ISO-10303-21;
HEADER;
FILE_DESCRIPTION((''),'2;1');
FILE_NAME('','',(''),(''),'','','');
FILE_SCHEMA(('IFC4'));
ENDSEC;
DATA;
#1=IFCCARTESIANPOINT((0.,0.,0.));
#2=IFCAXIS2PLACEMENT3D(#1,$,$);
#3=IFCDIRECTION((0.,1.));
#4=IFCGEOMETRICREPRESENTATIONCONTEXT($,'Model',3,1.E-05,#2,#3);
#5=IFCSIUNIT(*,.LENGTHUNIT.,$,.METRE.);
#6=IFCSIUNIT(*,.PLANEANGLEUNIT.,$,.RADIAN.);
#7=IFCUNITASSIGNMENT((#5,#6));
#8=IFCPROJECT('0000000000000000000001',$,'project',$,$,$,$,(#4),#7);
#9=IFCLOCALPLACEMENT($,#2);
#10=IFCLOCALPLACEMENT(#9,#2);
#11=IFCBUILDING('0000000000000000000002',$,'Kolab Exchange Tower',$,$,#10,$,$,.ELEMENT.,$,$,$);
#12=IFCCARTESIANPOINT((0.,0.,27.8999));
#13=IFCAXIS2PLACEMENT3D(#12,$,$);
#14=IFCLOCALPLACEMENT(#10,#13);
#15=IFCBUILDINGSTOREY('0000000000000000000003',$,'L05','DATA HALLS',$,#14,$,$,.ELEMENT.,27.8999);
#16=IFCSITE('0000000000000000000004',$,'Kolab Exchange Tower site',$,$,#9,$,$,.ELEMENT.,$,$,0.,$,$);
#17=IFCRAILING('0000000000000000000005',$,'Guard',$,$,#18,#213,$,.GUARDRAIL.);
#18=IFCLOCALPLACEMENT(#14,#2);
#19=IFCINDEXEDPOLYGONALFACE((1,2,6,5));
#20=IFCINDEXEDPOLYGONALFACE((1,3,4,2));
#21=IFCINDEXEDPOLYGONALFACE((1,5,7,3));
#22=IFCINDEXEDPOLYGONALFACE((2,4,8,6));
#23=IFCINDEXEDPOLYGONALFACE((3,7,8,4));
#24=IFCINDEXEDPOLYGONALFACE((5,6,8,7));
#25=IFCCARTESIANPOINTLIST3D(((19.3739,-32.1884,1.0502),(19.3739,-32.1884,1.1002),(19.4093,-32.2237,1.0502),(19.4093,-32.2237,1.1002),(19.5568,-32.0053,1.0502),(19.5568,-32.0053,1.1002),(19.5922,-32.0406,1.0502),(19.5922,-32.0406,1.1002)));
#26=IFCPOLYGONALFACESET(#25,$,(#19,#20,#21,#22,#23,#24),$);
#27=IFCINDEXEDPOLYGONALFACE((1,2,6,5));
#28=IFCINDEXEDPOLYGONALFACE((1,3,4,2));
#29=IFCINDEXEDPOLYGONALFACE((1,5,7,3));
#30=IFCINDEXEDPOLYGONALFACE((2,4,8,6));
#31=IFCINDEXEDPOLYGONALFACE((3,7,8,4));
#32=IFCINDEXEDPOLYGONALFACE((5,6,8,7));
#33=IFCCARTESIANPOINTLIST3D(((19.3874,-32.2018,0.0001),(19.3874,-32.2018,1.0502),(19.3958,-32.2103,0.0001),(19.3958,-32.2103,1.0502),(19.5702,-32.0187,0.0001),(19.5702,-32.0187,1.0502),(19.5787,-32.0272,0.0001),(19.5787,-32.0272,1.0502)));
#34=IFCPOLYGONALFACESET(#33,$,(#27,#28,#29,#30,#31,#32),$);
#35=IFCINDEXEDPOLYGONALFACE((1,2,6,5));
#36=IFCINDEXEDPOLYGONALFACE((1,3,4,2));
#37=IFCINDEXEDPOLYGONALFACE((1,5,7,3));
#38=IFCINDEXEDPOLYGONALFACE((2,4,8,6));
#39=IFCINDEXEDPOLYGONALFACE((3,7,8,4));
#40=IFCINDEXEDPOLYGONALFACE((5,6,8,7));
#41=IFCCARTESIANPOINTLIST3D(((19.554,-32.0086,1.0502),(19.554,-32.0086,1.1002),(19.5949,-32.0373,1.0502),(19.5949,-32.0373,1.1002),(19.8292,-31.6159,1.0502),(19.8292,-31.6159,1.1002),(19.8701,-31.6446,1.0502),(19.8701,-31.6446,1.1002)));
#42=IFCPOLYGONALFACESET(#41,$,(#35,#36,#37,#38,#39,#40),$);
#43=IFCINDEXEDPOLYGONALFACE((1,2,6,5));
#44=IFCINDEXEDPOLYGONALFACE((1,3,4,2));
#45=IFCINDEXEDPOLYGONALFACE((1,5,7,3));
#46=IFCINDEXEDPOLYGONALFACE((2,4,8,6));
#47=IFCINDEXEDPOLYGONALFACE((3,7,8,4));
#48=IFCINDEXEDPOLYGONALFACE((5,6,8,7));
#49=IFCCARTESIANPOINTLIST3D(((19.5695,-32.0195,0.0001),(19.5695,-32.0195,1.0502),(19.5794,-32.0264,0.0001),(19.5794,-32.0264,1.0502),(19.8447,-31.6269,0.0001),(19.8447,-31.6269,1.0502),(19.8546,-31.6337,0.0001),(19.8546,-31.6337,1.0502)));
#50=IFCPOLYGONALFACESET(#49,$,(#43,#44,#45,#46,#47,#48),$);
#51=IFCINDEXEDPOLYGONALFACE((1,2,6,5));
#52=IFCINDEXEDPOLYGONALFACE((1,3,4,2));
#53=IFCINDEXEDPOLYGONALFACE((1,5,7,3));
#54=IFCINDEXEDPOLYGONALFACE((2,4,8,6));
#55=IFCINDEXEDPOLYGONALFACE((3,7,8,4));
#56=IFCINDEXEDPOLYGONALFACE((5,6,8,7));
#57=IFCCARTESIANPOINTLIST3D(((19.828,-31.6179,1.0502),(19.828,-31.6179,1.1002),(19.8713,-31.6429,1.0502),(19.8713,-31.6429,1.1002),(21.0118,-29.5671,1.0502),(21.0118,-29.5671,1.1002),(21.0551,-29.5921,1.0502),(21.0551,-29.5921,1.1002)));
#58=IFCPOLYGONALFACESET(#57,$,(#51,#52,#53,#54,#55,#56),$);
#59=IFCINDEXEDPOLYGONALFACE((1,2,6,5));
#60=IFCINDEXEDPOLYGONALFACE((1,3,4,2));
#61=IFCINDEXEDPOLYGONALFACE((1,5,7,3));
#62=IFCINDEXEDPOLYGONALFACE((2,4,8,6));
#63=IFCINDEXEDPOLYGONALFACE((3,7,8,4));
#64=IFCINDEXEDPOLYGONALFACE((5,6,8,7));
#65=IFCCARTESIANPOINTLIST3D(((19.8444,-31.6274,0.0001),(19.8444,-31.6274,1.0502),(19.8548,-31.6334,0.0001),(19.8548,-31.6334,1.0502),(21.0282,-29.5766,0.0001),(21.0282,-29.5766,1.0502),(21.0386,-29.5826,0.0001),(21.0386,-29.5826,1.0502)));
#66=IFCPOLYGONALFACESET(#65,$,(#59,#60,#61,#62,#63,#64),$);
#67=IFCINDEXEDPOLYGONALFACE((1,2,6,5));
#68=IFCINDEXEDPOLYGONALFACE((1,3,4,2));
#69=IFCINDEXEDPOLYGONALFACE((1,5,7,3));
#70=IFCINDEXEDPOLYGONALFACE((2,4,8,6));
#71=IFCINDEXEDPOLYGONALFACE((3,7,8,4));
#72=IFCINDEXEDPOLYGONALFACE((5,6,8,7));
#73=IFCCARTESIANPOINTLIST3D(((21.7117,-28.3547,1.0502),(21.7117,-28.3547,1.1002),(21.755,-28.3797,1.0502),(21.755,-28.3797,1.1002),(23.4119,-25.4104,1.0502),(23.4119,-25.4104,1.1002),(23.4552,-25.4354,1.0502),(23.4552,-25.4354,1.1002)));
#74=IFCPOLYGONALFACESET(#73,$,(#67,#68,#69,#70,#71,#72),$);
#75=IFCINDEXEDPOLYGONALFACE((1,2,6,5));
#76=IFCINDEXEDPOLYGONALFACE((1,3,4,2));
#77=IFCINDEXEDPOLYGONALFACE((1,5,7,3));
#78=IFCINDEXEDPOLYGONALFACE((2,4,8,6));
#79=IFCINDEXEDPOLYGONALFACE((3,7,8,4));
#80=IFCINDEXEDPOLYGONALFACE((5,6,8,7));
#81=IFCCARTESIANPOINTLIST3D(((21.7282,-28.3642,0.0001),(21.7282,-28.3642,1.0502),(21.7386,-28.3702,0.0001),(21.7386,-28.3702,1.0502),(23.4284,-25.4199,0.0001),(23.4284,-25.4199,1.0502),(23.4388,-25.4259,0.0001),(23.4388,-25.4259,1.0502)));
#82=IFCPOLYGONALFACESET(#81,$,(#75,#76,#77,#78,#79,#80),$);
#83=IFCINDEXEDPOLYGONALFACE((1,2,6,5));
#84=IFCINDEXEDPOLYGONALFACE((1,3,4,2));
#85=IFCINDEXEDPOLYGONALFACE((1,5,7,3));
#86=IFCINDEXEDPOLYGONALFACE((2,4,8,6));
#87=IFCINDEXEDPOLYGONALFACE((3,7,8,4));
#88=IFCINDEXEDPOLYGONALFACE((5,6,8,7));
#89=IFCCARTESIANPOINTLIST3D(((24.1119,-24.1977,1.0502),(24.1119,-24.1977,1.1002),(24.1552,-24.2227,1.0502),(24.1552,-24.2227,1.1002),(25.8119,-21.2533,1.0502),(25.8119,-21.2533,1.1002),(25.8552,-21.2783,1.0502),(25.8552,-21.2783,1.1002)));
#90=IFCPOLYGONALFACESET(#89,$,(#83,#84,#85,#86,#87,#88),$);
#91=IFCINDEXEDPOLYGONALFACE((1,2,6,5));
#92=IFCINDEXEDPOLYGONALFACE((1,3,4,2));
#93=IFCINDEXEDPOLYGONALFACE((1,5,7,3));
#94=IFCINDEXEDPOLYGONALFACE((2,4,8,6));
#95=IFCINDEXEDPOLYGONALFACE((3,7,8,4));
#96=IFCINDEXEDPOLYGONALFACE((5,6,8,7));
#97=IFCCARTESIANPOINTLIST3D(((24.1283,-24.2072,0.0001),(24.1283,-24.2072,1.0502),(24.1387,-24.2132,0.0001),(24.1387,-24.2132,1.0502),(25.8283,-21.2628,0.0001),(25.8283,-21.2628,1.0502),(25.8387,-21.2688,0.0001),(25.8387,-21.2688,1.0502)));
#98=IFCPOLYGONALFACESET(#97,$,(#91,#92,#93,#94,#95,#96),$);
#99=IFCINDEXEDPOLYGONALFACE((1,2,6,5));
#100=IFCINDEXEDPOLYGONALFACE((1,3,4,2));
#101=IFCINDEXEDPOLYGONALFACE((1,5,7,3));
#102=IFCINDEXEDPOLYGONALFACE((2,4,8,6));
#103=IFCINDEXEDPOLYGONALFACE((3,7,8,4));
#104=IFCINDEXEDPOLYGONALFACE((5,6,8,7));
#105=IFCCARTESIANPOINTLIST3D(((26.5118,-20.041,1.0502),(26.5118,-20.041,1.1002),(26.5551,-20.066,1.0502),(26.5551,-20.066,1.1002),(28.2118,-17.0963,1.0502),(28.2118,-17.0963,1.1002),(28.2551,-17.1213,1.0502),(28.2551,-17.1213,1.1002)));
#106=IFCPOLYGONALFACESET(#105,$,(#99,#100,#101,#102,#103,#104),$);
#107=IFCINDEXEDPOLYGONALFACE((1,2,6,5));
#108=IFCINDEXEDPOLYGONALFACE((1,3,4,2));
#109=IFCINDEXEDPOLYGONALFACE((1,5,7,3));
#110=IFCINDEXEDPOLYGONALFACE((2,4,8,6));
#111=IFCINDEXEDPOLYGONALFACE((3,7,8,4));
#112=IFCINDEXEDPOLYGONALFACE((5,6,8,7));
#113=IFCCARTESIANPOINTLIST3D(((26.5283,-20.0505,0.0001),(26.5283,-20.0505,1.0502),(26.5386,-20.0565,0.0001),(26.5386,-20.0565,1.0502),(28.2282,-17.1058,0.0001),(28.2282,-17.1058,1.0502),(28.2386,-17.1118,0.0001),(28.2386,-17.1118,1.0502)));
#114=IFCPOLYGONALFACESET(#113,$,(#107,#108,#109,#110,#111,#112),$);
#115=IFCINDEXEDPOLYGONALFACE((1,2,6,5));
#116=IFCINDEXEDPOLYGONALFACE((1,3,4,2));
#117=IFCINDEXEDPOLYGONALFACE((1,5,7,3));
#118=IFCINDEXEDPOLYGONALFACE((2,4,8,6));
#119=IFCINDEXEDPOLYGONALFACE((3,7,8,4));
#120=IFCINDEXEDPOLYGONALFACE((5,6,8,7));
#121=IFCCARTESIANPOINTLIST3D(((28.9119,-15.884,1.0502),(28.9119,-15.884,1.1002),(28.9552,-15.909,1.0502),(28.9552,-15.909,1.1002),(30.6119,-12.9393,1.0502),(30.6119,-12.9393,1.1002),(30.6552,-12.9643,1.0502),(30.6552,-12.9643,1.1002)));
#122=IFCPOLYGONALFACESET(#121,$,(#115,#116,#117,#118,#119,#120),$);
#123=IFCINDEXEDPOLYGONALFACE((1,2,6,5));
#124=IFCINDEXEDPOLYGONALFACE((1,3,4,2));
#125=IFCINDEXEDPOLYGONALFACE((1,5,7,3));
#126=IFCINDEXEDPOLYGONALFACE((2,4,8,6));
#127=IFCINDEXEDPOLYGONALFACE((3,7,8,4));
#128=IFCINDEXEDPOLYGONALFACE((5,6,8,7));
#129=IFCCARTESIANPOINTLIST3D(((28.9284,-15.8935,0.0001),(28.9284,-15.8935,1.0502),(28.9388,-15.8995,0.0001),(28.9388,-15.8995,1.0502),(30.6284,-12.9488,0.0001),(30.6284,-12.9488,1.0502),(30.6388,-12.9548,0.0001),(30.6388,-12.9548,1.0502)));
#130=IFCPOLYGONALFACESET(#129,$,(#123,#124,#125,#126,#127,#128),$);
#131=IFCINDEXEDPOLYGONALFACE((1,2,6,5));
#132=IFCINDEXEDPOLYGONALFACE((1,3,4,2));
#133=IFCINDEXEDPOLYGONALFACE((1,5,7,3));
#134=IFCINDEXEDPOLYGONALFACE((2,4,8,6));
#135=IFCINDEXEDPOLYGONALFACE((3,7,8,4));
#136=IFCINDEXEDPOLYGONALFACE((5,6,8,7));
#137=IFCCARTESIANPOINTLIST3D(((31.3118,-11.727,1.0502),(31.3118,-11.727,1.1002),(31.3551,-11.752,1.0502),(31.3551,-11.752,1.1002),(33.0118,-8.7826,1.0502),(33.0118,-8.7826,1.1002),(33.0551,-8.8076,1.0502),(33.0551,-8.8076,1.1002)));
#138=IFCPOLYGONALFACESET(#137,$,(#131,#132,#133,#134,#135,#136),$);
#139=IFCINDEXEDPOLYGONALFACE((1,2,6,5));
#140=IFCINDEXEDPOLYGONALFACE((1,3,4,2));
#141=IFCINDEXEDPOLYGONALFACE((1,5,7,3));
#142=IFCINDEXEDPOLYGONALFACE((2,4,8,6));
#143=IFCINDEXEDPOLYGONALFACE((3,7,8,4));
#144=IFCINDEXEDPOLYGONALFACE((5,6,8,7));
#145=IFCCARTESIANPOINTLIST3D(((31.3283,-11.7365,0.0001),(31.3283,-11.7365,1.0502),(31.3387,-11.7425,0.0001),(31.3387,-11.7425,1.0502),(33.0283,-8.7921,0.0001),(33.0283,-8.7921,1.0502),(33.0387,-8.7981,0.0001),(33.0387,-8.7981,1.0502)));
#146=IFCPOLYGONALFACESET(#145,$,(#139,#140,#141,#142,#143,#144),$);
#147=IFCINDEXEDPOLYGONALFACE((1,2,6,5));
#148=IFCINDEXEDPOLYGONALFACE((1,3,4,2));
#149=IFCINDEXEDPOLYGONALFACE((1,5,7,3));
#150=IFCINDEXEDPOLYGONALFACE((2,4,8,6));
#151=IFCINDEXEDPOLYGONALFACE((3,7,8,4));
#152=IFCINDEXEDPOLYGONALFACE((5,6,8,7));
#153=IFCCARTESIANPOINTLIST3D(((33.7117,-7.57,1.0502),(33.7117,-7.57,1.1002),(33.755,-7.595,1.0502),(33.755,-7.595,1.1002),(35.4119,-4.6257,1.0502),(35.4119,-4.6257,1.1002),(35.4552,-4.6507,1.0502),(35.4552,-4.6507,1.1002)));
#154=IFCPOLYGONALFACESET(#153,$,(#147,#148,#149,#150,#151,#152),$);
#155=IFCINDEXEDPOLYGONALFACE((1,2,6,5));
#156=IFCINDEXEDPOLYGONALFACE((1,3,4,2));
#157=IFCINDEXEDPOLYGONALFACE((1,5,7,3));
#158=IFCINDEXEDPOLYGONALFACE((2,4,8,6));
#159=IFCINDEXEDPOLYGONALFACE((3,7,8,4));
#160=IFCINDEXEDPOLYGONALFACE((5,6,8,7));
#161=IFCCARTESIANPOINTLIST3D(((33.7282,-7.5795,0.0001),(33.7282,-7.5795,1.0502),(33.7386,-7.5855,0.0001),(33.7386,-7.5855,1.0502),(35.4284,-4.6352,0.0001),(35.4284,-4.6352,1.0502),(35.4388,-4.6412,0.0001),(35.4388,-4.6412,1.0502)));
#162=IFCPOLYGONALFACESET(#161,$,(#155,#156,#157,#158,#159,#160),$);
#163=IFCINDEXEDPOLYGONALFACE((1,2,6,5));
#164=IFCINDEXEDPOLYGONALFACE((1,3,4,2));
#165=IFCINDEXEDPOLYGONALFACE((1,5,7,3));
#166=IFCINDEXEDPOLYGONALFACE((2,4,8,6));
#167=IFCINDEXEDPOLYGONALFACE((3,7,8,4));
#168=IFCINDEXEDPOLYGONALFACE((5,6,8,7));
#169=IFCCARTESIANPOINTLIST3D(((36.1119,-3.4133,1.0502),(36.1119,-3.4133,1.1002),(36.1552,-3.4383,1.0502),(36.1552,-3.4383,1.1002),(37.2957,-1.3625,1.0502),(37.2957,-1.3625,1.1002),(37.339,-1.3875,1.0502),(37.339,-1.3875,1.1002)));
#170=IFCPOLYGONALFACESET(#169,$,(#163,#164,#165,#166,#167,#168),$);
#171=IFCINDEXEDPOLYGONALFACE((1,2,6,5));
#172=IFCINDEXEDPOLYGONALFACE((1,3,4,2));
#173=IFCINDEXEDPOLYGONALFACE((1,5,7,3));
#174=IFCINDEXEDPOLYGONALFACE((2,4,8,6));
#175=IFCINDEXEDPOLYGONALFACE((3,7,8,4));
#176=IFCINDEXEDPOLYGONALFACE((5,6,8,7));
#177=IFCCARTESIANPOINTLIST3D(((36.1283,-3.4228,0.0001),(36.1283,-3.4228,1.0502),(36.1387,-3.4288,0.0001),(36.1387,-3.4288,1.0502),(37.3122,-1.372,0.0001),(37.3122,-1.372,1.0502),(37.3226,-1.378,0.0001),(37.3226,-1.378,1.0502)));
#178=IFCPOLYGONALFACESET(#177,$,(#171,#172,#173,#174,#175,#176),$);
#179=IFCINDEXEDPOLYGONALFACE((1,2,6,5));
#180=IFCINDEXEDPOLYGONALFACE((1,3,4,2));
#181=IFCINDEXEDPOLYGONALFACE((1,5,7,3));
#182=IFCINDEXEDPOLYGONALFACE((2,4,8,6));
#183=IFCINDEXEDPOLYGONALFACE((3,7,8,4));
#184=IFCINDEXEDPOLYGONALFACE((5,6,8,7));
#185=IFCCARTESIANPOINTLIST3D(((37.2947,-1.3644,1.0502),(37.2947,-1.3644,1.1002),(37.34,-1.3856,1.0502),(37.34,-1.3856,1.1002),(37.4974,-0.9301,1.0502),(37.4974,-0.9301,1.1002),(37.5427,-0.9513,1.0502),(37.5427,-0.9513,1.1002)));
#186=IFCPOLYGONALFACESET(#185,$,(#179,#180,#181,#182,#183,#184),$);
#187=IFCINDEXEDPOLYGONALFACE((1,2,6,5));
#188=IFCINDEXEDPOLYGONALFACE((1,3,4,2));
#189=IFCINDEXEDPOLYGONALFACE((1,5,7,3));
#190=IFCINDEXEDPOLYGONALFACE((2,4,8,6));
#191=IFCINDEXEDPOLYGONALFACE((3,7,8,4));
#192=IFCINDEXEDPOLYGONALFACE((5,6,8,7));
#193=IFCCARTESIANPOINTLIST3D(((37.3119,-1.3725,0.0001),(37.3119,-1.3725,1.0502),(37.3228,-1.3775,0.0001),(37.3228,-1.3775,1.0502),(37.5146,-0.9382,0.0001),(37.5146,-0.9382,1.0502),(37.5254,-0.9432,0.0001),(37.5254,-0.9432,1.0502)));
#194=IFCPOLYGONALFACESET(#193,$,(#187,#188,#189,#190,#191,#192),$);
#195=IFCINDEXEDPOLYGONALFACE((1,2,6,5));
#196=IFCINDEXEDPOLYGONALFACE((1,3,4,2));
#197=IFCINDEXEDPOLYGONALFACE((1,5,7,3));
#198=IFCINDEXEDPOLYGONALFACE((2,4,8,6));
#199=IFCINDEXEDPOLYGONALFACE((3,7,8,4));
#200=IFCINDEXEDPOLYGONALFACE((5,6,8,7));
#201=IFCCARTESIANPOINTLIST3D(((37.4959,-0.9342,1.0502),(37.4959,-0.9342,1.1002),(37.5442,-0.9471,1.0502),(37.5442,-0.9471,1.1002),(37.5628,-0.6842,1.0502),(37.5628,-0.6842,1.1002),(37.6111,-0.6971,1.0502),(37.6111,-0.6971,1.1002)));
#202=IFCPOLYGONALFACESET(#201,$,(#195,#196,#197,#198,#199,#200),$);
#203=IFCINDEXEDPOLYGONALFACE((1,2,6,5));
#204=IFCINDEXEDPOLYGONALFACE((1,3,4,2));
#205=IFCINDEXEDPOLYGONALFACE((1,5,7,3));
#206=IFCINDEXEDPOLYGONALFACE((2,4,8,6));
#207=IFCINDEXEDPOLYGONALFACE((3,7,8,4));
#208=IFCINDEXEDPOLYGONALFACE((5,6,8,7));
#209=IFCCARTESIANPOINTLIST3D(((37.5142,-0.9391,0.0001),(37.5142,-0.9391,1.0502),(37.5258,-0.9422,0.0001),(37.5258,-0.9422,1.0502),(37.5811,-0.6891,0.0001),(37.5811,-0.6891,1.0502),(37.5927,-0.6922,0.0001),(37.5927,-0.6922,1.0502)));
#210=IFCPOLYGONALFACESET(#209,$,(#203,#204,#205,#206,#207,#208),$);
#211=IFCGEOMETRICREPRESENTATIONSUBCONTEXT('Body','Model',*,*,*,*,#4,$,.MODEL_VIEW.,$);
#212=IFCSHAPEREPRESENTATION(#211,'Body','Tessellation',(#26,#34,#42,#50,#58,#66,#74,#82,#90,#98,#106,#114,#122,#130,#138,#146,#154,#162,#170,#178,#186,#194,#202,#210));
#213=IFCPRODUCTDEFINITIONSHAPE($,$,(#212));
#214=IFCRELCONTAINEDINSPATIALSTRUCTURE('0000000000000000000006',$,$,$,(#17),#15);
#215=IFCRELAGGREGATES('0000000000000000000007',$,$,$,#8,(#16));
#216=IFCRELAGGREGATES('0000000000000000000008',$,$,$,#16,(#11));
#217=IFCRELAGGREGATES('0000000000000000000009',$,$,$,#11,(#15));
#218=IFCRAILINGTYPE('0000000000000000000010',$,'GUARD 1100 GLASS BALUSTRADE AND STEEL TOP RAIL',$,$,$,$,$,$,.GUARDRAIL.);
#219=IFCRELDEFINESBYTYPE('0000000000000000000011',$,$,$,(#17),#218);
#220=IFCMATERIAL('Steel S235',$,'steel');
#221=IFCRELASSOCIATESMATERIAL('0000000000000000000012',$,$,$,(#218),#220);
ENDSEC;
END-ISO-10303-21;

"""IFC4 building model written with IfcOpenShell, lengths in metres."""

from ifc_helpers import new_model, si_unit, direction, frame, frame_2d, origin, origin_2d, place, context, subcontext, project, spatial, rectangle, extrude, material, type_object, element, save


model = new_model("IFC4")

# Units and contexts
model_context = context("Model", 3, precision=1e-05, world=origin(), true_north=direction((0.0, 1.0)))
body_context = subcontext(model_context, "Body", "Model", "MODEL_VIEW")
ifc_project = project(units=[si_unit("LENGTHUNIT", "METRE"), si_unit("PLANEANGLEUNIT", "RADIAN")], contexts=[model_context])

# Site, building, storey
site_placement = place(None, origin())
site = spatial("IfcSite", under=ifc_project, at=site_placement, Name="Kolab Exchange Tower site", CompositionType="ELEMENT", RefElevation=0.0)
building_placement = place(site_placement, origin())
building = spatial("IfcBuilding", under=site, at=building_placement, Name="Kolab Exchange Tower", CompositionType="ELEMENT")
storey_placement = place(building_placement, frame((0.0, 0.0, 27.8999)))
storey = spatial("IfcBuildingStorey", under=building, at=storey_placement, Name="L05", Description="DATA HALLS", CompositionType="ELEMENT", Elevation=27.8999)

# Railing
ifc_material_1 = material(Name="Steel S235", Category="steel")
railing_type = type_object("IfcRailingType", Name="GUARD 1100 GLASS BALUSTRADE AND STEEL TOP RAIL", PredefinedType="GUARDRAIL", material=ifc_material_1)
railing_placement = place(storey_placement, frame((19.3916, -32.2061, 0.0)))
element("IfcRailing", 1, at=railing_placement, inside=storey, type_object=railing_type, Name="Guard", PredefinedType="GUARDRAIL", context=body_context, shape_type="SweptSolid", body=[
    extrude(rectangle(XDim=0.05, YDim=0.05, at=origin_2d()), frame((0.0, 0.0, 1.0752), z_axis=(0.706635, 0.707578, 0.0), x_axis=(-0.707578, 0.706635, 0.0)), (0.0, 0.0, 1.0), 0.2588),
    extrude(rectangle(XDim=0.012, YDim=1.0501, at=frame_2d((0.0, 0.5251))), frame((0.0, 0.0, 0.0), z_axis=(0.706635, 0.707578, 0.0), x_axis=(-0.707578, 0.706635, 0.0)), (0.0, 0.0, 1.0), 0.2588),
    extrude(rectangle(XDim=0.05, YDim=0.05, at=origin_2d()), frame((0.1829, 0.1831, 1.0752), z_axis=(0.573941, 0.818897, 0.0), x_axis=(-0.818897, 0.573941, 0.0)), (0.0, 0.0, 1.0), 0.4795),
    extrude(rectangle(XDim=0.012, YDim=1.0501, at=frame_2d((0.0, 0.5251))), frame((0.1829, 0.1831, 0.0), z_axis=(0.573941, 0.818897, 0.0), x_axis=(-0.818897, 0.573941, 0.0)), (0.0, 0.0, 1.0), 0.4795),
    extrude(rectangle(XDim=0.05, YDim=0.05, at=origin_2d()), frame((0.458, 0.5757, 1.0752), z_axis=(0.499943, 0.866059, 0.0), x_axis=(-0.866059, 0.499943, 0.0)), (0.0, 0.0, 1.0), 2.3679),
    extrude(rectangle(XDim=0.012, YDim=1.0501, at=frame_2d((0.0, 0.5251))), frame((0.458, 0.5757, 0.0), z_axis=(0.499943, 0.866059, 0.0), x_axis=(-0.866059, 0.499943, 0.0)), (0.0, 0.0, 1.0), 2.3679),
    extrude(rectangle(XDim=0.05, YDim=0.05, at=origin_2d()), frame((2.3418, 3.8389, 1.0752), z_axis=(0.500062, 0.865989, 0.0), x_axis=(-0.865989, 0.500062, 0.0)), (0.0, 0.0, 1.0), 3.3999),
    extrude(rectangle(XDim=0.012, YDim=1.0501, at=frame_2d((0.0, 0.5251))), frame((2.3418, 3.8389, 0.0), z_axis=(0.500062, 0.865989, 0.0), x_axis=(-0.865989, 0.500062, 0.0)), (0.0, 0.0, 1.0), 3.3999),
    extrude(rectangle(XDim=0.05, YDim=0.05, at=origin_2d()), frame((4.7419, 7.9958, 1.0752), z_axis=(0.500008, 0.866021, 0.0), x_axis=(-0.866021, 0.500008, 0.0)), (0.0, 0.0, 1.0), 3.3999),
    extrude(rectangle(XDim=0.012, YDim=1.0501, at=frame_2d((0.0, 0.5251))), frame((4.7419, 7.9958, 0.0), z_axis=(0.500008, 0.866021, 0.0), x_axis=(-0.866021, 0.500008, 0.0)), (0.0, 0.0, 1.0), 3.3999),
    extrude(rectangle(XDim=0.05, YDim=0.05, at=origin_2d()), frame((7.1418, 12.1526, 1.0752), z_axis=(0.499977, 0.866039, 0.0), x_axis=(-0.866039, 0.499977, 0.0)), (0.0, 0.0, 1.0), 3.4001),
    extrude(rectangle(XDim=0.012, YDim=1.0501, at=frame_2d((0.0, 0.5251))), frame((7.1418, 12.1526, 0.0), z_axis=(0.499977, 0.866039, 0.0), x_axis=(-0.866039, 0.499977, 0.0)), (0.0, 0.0, 1.0), 3.4001),
    extrude(rectangle(XDim=0.05, YDim=0.05, at=origin_2d()), frame((9.542, 16.3096, 1.0752), z_axis=(0.499977, 0.866039, 0.0), x_axis=(-0.866039, 0.499977, 0.0)), (0.0, 0.0, 1.0), 3.4001),
    extrude(rectangle(XDim=0.012, YDim=1.0501, at=frame_2d((0.0, 0.5251))), frame((9.542, 16.3096, 0.0), z_axis=(0.499977, 0.866039, 0.0), x_axis=(-0.866039, 0.499977, 0.0)), (0.0, 0.0, 1.0), 3.4001),
    extrude(rectangle(XDim=0.05, YDim=0.05, at=origin_2d()), frame((11.9419, 20.4666, 1.0752), z_axis=(0.500008, 0.866021, 0.0), x_axis=(-0.866021, 0.500008, 0.0)), (0.0, 0.0, 1.0), 3.3999),
    extrude(rectangle(XDim=0.012, YDim=1.0501, at=frame_2d((0.0, 0.5251))), frame((11.9419, 20.4666, 0.0), z_axis=(0.500008, 0.866021, 0.0), x_axis=(-0.866021, 0.500008, 0.0)), (0.0, 0.0, 1.0), 3.3999),
    extrude(rectangle(XDim=0.05, YDim=0.05, at=origin_2d()), frame((14.3418, 24.6235, 1.0752), z_axis=(0.500062, 0.865989, 0.0), x_axis=(-0.865989, 0.500062, 0.0)), (0.0, 0.0, 1.0), 3.3999),
    extrude(rectangle(XDim=0.012, YDim=1.0501, at=frame_2d((0.0, 0.5251))), frame((14.3418, 24.6235, 0.0), z_axis=(0.500062, 0.865989, 0.0), x_axis=(-0.865989, 0.500062, 0.0)), (0.0, 0.0, 1.0), 3.3999),
    extrude(rectangle(XDim=0.05, YDim=0.05, at=origin_2d()), frame((16.7419, 28.7803, 1.0752), z_axis=(0.499943, 0.866059, 0.0), x_axis=(-0.866059, 0.499943, 0.0)), (0.0, 0.0, 1.0), 2.3679),
    extrude(rectangle(XDim=0.012, YDim=1.0501, at=frame_2d((0.0, 0.5251))), frame((16.7419, 28.7803, 0.0), z_axis=(0.499943, 0.866059, 0.0), x_axis=(-0.866059, 0.499943, 0.0)), (0.0, 0.0, 1.0), 2.3679),
    extrude(rectangle(XDim=0.05, YDim=0.05, at=origin_2d()), frame((17.9258, 30.8311, 1.0752), z_axis=(0.422802, 0.906222, 0.0), x_axis=(-0.906222, 0.422802, 0.0)), (0.0, 0.0, 1.0), 0.4792),
    extrude(rectangle(XDim=0.012, YDim=1.0501, at=frame_2d((0.0, 0.5251))), frame((17.9258, 30.8311, 0.0), z_axis=(0.422802, 0.906222, 0.0), x_axis=(-0.906222, 0.422802, 0.0)), (0.0, 0.0, 1.0), 0.4792),
    extrude(rectangle(XDim=0.05, YDim=0.05, at=origin_2d()), frame((18.1284, 31.2654, 1.0752), z_axis=(0.258485, 0.966015, 0.0), x_axis=(-0.966015, 0.258485, 0.0)), (0.0, 0.0, 1.0), 0.2588),
    extrude(rectangle(XDim=0.012, YDim=1.0501, at=frame_2d((0.0, 0.5251))), frame((18.1284, 31.2654, 0.0), z_axis=(0.258485, 0.966015, 0.0), x_axis=(-0.966015, 0.258485, 0.0)), (0.0, 0.0, 1.0), 0.2588),
])

save(model, "model.ifc")
